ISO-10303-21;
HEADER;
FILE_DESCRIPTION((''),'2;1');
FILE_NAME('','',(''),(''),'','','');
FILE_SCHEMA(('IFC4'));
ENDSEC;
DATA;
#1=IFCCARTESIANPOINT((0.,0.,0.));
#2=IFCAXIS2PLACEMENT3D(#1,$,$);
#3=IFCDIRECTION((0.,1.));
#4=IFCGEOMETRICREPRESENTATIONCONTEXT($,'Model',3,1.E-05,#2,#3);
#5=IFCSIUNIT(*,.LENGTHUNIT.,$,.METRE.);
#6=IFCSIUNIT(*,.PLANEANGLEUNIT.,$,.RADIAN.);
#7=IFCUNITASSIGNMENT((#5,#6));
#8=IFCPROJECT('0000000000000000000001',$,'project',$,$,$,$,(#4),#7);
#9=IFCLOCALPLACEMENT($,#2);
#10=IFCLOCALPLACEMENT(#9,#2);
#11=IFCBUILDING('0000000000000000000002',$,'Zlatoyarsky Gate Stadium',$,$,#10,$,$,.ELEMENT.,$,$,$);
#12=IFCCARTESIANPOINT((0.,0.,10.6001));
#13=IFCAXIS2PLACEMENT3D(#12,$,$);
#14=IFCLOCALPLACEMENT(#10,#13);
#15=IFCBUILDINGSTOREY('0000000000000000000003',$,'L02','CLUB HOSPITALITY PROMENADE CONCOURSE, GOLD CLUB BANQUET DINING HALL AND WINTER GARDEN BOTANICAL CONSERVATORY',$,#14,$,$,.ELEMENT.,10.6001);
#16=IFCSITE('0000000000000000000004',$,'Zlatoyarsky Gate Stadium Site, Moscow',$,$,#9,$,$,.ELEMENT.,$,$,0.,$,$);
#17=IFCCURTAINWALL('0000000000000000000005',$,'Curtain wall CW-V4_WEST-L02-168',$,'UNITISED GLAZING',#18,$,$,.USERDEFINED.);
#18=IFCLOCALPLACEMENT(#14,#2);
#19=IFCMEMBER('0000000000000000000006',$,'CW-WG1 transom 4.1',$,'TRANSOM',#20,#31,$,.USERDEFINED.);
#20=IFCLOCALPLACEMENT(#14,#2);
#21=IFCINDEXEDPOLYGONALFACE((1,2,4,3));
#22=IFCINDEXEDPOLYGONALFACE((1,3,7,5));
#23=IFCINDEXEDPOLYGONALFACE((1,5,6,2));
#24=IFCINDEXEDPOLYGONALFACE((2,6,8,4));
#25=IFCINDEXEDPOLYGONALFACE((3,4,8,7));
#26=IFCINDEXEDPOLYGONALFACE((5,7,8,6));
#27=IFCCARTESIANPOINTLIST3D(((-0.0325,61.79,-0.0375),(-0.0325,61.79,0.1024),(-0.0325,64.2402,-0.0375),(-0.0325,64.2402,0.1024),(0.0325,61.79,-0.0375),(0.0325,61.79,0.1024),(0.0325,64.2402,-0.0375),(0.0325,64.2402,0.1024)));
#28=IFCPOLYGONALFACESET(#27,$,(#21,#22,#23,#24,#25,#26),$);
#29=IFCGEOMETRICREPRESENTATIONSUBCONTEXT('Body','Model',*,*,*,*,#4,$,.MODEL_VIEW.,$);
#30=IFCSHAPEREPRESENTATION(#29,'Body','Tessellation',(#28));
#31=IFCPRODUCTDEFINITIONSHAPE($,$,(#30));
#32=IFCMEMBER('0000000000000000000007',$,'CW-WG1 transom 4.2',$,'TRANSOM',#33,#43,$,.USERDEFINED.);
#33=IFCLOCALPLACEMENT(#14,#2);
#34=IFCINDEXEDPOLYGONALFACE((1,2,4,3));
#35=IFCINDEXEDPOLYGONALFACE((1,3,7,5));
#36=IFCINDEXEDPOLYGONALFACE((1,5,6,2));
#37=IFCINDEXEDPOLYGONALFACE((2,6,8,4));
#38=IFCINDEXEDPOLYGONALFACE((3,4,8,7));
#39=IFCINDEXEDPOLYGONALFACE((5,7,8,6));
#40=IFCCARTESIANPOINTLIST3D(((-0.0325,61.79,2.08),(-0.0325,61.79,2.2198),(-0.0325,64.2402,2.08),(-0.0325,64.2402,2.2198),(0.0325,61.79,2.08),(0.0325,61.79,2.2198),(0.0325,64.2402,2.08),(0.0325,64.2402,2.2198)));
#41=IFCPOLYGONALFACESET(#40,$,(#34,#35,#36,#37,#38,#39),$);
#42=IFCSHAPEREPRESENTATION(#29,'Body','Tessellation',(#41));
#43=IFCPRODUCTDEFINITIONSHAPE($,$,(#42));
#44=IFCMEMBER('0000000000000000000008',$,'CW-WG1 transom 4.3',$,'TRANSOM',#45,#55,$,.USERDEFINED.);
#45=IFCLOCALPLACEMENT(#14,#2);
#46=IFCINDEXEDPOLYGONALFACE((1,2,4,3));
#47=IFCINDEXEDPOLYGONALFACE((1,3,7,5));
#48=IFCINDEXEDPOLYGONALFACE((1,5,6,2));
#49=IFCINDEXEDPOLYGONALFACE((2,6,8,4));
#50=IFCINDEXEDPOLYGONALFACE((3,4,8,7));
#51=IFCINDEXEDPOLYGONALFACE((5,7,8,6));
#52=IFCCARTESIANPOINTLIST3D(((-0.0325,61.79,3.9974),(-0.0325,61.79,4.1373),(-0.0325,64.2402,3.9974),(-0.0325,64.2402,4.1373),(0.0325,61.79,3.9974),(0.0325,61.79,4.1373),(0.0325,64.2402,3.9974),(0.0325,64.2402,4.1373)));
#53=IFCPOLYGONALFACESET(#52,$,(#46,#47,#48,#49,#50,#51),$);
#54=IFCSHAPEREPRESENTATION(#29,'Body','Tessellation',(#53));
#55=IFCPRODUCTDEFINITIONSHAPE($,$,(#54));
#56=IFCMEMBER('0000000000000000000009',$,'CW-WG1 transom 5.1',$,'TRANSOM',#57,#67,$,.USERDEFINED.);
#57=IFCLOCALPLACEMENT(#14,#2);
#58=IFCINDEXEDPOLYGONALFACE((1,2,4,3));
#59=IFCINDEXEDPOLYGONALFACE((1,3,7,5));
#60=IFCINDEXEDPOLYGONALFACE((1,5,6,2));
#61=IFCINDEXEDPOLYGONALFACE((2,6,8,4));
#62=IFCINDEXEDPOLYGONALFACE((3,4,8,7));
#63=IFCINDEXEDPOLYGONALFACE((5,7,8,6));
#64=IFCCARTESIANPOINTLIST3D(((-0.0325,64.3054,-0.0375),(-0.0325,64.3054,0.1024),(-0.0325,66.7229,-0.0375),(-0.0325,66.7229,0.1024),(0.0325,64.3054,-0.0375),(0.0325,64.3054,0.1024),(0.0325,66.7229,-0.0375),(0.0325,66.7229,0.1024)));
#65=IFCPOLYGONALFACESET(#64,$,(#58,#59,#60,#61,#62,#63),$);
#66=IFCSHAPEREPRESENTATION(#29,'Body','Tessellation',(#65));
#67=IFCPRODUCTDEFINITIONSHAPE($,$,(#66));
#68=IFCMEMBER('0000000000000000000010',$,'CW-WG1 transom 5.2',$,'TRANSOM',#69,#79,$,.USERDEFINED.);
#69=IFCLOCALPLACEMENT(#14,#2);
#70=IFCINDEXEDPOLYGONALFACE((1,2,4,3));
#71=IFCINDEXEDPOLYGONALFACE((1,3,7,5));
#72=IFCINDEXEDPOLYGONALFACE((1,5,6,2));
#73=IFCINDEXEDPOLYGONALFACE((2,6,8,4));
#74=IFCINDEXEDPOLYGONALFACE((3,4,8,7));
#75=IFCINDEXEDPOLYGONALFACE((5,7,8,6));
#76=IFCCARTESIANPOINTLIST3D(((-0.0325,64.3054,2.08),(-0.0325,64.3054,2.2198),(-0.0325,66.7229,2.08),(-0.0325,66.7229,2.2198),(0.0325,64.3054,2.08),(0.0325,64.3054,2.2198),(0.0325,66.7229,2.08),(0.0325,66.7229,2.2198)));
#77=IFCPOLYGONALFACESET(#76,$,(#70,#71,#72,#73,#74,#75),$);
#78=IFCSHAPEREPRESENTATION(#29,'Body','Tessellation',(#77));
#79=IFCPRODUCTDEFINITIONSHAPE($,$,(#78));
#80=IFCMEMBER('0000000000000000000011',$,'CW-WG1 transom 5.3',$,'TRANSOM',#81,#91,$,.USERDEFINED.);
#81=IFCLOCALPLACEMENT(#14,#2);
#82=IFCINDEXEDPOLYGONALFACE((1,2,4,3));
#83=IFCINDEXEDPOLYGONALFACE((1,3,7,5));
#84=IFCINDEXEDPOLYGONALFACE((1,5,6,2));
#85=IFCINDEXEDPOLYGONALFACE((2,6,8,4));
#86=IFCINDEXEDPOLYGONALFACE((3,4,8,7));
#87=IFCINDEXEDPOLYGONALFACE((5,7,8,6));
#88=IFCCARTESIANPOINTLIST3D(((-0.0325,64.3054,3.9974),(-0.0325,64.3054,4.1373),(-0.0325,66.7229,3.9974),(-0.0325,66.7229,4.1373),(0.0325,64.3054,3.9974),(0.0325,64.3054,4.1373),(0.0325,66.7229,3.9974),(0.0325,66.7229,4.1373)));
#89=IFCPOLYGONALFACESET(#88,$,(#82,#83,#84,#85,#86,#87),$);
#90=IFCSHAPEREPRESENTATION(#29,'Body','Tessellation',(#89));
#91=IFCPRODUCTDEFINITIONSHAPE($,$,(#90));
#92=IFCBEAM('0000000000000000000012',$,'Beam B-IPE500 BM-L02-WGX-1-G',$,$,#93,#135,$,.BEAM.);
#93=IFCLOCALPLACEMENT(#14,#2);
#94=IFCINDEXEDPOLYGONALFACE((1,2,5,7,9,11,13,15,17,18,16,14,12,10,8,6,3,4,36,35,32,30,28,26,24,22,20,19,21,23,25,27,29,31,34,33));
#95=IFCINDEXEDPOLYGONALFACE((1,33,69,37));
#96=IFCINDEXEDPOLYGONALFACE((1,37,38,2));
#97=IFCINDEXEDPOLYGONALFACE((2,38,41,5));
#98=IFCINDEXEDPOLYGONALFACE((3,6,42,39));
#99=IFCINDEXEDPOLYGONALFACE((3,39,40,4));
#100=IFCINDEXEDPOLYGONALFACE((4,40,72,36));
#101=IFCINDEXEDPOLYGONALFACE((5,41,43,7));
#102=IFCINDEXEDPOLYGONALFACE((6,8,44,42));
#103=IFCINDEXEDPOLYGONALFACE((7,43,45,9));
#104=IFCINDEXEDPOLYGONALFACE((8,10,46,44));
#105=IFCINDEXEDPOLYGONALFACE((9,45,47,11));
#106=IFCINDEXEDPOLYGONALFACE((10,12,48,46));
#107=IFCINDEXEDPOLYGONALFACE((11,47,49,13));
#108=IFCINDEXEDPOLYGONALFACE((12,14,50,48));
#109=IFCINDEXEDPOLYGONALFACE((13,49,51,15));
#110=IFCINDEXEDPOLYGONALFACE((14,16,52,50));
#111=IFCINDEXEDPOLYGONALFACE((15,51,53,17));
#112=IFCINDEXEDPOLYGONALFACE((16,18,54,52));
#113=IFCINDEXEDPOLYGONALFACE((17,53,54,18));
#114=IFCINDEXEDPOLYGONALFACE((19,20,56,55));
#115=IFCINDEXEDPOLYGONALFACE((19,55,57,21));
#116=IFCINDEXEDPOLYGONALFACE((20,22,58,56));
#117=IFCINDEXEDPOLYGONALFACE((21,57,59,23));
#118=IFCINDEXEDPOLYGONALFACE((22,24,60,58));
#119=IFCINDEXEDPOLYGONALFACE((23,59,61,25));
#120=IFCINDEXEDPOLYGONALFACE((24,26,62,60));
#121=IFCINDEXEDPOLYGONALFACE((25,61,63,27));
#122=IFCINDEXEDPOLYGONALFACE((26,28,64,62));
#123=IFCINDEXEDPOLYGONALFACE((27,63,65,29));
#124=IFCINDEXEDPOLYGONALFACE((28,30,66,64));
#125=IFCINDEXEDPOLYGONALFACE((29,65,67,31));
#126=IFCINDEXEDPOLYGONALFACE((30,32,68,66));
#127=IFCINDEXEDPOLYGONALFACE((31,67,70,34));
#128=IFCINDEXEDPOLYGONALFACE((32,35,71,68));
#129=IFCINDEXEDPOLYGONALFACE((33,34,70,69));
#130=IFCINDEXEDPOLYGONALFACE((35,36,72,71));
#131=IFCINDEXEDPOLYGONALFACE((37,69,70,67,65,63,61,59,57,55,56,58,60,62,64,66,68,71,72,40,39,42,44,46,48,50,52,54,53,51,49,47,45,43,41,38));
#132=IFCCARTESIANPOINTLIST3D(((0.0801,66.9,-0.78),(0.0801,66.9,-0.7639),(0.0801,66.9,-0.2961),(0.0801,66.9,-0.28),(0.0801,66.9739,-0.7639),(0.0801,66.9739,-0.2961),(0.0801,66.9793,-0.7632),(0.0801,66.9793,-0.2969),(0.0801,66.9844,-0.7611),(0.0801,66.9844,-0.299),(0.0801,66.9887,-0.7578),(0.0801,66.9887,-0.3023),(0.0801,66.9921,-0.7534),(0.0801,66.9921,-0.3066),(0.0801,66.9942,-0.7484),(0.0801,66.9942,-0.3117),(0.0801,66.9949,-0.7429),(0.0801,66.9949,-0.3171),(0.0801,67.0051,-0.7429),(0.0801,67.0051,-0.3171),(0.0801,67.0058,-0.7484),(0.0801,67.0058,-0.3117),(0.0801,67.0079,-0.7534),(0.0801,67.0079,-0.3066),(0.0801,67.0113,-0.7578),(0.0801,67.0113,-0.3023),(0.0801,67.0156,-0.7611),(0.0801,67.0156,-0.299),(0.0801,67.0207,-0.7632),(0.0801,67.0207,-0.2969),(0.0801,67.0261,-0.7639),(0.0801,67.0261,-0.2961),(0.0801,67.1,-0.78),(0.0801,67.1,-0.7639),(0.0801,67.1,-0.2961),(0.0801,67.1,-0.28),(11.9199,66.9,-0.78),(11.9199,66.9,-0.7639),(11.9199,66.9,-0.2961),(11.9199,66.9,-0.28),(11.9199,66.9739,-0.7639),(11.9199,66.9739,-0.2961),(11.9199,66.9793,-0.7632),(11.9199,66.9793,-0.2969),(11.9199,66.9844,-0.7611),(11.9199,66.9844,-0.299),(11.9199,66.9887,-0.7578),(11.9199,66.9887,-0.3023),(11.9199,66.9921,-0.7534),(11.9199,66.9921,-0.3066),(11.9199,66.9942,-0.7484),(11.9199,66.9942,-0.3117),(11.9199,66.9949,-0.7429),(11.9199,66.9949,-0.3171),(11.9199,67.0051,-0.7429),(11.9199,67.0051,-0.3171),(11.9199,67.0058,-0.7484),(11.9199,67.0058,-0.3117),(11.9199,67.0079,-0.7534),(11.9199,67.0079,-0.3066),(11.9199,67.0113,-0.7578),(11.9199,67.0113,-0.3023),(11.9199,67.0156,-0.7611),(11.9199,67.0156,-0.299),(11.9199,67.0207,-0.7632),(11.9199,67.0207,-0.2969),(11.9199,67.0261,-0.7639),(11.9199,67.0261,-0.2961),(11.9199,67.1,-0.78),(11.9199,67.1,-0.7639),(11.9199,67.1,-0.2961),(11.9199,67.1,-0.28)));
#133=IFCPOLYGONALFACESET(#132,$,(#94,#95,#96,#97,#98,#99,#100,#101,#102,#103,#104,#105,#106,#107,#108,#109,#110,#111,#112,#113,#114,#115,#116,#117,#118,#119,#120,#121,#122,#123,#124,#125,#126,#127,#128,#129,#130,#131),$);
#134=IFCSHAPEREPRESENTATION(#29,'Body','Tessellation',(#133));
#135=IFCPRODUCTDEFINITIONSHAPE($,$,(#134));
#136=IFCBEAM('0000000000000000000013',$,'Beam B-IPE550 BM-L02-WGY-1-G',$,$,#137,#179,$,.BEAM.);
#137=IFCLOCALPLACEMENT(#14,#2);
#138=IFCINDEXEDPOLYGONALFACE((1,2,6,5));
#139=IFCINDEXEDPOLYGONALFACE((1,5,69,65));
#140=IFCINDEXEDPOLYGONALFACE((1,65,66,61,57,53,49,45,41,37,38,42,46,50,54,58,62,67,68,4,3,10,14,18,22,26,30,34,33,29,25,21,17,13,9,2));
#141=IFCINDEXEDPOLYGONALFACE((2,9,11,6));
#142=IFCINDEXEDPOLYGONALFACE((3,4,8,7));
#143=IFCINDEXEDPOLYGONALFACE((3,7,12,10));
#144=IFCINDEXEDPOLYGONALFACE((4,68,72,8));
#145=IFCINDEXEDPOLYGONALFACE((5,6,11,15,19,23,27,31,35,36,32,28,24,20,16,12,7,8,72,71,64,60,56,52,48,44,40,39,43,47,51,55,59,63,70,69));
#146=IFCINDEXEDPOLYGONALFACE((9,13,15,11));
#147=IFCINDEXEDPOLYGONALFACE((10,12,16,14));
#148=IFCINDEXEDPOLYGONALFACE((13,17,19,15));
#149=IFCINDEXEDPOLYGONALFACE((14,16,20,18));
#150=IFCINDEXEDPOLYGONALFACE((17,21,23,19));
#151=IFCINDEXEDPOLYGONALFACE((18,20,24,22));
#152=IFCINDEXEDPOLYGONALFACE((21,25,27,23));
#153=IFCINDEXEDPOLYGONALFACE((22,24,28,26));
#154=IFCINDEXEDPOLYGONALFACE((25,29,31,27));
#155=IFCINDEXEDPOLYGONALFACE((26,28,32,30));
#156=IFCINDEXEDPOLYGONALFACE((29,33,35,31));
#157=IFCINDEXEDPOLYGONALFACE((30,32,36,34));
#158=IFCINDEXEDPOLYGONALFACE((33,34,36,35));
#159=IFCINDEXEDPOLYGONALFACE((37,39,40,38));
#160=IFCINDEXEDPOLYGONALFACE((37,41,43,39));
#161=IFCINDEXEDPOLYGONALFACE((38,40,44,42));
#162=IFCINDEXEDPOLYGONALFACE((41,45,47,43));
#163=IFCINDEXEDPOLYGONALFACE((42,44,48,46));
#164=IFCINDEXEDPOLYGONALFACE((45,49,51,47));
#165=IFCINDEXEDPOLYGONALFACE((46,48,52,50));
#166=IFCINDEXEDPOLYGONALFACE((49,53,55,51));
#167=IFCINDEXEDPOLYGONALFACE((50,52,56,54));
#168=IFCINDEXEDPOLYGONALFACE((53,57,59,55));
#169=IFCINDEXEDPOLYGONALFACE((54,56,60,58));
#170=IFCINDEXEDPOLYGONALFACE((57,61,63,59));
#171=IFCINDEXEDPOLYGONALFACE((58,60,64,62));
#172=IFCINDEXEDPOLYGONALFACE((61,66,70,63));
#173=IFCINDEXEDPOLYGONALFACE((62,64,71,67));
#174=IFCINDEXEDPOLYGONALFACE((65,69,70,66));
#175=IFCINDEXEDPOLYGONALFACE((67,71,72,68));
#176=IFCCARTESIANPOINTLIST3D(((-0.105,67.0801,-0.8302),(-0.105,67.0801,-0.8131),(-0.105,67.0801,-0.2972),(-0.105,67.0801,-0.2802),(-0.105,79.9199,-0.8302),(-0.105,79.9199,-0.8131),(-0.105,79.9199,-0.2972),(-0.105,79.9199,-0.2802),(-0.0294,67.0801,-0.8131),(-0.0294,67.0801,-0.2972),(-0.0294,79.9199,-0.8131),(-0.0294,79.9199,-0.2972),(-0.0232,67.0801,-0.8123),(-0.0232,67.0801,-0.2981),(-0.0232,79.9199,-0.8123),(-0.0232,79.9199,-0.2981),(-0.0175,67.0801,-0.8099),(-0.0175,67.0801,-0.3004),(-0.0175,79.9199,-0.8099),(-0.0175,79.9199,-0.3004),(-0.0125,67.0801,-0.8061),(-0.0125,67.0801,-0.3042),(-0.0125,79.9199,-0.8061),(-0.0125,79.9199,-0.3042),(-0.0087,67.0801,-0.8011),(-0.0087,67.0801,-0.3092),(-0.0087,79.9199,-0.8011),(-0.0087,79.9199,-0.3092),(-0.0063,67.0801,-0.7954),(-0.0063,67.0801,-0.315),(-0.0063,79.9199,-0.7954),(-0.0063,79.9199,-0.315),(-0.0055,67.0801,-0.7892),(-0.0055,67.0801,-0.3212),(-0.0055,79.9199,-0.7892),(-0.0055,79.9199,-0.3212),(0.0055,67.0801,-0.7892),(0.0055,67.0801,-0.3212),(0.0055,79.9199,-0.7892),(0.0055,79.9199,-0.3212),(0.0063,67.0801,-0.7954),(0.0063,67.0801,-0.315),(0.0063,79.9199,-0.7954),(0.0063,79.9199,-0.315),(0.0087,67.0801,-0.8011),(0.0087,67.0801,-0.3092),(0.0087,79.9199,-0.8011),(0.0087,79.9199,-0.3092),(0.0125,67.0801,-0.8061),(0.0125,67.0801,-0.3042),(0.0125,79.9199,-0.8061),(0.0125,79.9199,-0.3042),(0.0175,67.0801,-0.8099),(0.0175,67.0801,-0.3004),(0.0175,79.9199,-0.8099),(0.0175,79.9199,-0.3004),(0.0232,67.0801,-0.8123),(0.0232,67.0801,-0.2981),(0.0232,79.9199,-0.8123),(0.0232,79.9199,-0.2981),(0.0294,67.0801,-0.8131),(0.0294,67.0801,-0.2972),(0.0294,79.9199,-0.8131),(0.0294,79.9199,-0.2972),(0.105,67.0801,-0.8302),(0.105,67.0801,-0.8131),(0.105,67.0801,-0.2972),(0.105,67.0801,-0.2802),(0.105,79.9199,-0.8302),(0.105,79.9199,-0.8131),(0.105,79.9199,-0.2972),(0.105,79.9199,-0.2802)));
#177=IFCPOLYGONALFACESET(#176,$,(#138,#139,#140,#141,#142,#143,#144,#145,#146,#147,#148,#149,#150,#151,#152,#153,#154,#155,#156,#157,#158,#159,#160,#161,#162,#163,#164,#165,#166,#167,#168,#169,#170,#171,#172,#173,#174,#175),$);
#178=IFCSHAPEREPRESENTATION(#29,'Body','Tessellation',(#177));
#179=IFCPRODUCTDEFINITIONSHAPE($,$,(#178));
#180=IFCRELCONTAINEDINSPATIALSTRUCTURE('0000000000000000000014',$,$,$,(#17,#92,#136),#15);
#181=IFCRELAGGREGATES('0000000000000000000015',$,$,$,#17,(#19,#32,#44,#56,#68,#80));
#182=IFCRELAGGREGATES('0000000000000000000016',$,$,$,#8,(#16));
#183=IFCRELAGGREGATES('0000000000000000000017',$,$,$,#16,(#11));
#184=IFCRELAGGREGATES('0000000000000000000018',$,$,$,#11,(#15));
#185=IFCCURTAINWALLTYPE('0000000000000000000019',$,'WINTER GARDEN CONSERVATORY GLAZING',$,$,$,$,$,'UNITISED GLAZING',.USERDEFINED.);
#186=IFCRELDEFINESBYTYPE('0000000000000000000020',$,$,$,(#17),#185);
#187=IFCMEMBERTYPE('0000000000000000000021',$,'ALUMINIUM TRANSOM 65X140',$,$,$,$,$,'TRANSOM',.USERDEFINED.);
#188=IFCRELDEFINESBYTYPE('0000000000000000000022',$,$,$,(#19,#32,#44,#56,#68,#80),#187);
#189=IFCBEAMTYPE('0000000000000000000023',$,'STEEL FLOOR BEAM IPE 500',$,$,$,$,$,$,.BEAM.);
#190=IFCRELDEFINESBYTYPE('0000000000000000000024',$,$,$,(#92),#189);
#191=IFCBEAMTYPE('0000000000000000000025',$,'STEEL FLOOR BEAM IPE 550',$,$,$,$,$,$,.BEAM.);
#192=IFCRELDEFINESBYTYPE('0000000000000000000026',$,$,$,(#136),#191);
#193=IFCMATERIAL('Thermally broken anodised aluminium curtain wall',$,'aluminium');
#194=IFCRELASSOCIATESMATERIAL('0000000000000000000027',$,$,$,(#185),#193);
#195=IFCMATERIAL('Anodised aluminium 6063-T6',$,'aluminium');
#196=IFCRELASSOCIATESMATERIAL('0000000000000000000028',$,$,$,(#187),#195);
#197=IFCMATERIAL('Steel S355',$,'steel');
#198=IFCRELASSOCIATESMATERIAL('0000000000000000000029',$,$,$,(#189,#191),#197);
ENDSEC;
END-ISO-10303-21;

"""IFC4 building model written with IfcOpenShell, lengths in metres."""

from ifc_helpers import new_model, si_unit, direction, frame, origin, origin_2d, place, context, subcontext, project, spatial, rectangle, i_section, extrude, material, material_profile, profile_set, type_object, element, aggregate, save


model = new_model("IFC4")

# Units and contexts
model_context = context("Model", 3, precision=1e-05, world=origin(), true_north=direction((0.0, 1.0)))
body_context = subcontext(model_context, "Body", "Model", "MODEL_VIEW")
ifc_project = project(units=[si_unit("LENGTHUNIT", "METRE"), si_unit("PLANEANGLEUNIT", "RADIAN")], contexts=[model_context])

# Site, building, storey
site_placement = place(None, origin())
site = spatial("IfcSite", under=ifc_project, at=site_placement, Name="Zlatoyarsky Gate Stadium Site, Moscow", CompositionType="ELEMENT", RefElevation=0.0)
building_placement = place(site_placement, origin())
building = spatial("IfcBuilding", under=site, at=building_placement, Name="Zlatoyarsky Gate Stadium", CompositionType="ELEMENT")
storey_placement = place(building_placement, frame((0.0, 0.0, 10.6001)))
storey = spatial("IfcBuildingStorey", under=building, at=storey_placement, Name="L02", Description="CLUB HOSPITALITY PROMENADE CONCOURSE, GOLD CLUB BANQUET DINING HALL AND WINTER GARDEN BOTANICAL CONSERVATORY", CompositionType="ELEMENT", Elevation=10.6001)

# Shared definitions
ifc_material_1 = material(Name="Steel S355", Category="steel")

# Curtain wall, members
ifc_material_2 = material(Name="Thermally broken anodised aluminium curtain wall", Category="aluminium")
ifc_material_3 = material(Name="Anodised aluminium 6063-T6", Category="aluminium")
curtain_wall_type_1 = type_object("IfcCurtainWallType", Name="WINTER GARDEN CONSERVATORY GLAZING", ElementType="UNITISED GLAZING", PredefinedType="USERDEFINED", material=ifc_material_2)
curtain_wall_1_placement = place(storey_placement, origin())
curtain_wall_1 = element("IfcCurtainWall", 1, at=curtain_wall_1_placement, inside=storey, type_object=curtain_wall_type_1, Name="Curtain wall CW-V4_WEST-L02-168", ObjectType="UNITISED GLAZING", PredefinedType="USERDEFINED")
ifc_material_profile_1 = material_profile(ifc_material_3, rectangle(XDim=0.0649, YDim=0.1399, at=origin_2d()), Name="ALU 65X140")
ifc_profile_set_1 = profile_set([ifc_material_profile_1], Name="Anodised aluminium 6063-T6")
member_type_1 = type_object("IfcMemberType", Name="ALUMINIUM TRANSOM 65X140", ElementType="TRANSOM", PredefinedType="USERDEFINED", material=ifc_profile_set_1)
member_1_placement = place(storey_placement, frame((0.0, 61.79, 0.0325), z_axis=(0.0, 1.0, 0.0), x_axis=(-1.0, 0.0, 0.0)))
member_1 = element("IfcMember", 2, at=member_1_placement, type_object=member_type_1, Name="CW-WG1 transom 4.1", ObjectType="TRANSOM", PredefinedType="USERDEFINED", context=body_context, shape_type="SweptSolid", body=[
    extrude(rectangle(XDim=0.0649, YDim=0.1399, at=origin_2d()), origin(), (0.0, 0.0, 1.0), 2.4502),
])
member_2_placement = place(storey_placement, frame((0.0, 61.79, 2.1499), z_axis=(0.0, 1.0, 0.0), x_axis=(-1.0, 0.0, 0.0)))
member_2 = element("IfcMember", 3, at=member_2_placement, type_object=member_type_1, Name="CW-WG1 transom 4.2", ObjectType="TRANSOM", PredefinedType="USERDEFINED", context=body_context, shape_type="SweptSolid", body=[
    extrude(rectangle(XDim=0.0649, YDim=0.1399, at=origin_2d()), origin(), (0.0, 0.0, 1.0), 2.4502),
])
member_3_placement = place(storey_placement, frame((0.0, 61.79, 4.0674), z_axis=(0.0, 1.0, 0.0), x_axis=(-1.0, 0.0, 0.0)))
member_3 = element("IfcMember", 4, at=member_3_placement, type_object=member_type_1, Name="CW-WG1 transom 4.3", ObjectType="TRANSOM", PredefinedType="USERDEFINED", context=body_context, shape_type="SweptSolid", body=[
    extrude(rectangle(XDim=0.0649, YDim=0.1399, at=origin_2d()), origin(), (0.0, 0.0, 1.0), 2.4502),
])
member_4_placement = place(storey_placement, frame((0.0, 64.3054, 0.0325), z_axis=(0.0, 1.0, 0.0), x_axis=(-1.0, 0.0, 0.0)))
member_4 = element("IfcMember", 5, at=member_4_placement, type_object=member_type_1, Name="CW-WG1 transom 5.1", ObjectType="TRANSOM", PredefinedType="USERDEFINED", context=body_context, shape_type="SweptSolid", body=[
    extrude(rectangle(XDim=0.0649, YDim=0.1399, at=origin_2d()), origin(), (0.0, 0.0, 1.0), 2.4175),
])
member_5_placement = place(storey_placement, frame((0.0, 64.3054, 2.1499), z_axis=(0.0, 1.0, 0.0), x_axis=(-1.0, 0.0, 0.0)))
member_5 = element("IfcMember", 6, at=member_5_placement, type_object=member_type_1, Name="CW-WG1 transom 5.2", ObjectType="TRANSOM", PredefinedType="USERDEFINED", context=body_context, shape_type="SweptSolid", body=[
    extrude(rectangle(XDim=0.0649, YDim=0.1399, at=origin_2d()), origin(), (0.0, 0.0, 1.0), 2.4175),
])
member_6_placement = place(storey_placement, frame((0.0, 64.3054, 4.0674), z_axis=(0.0, 1.0, 0.0), x_axis=(-1.0, 0.0, 0.0)))
member_6 = element("IfcMember", 7, at=member_6_placement, type_object=member_type_1, Name="CW-WG1 transom 5.3", ObjectType="TRANSOM", PredefinedType="USERDEFINED", context=body_context, shape_type="SweptSolid", body=[
    extrude(rectangle(XDim=0.0649, YDim=0.1399, at=origin_2d()), origin(), (0.0, 0.0, 1.0), 2.4175),
])

# Beams
ifc_material_profile_2 = material_profile(ifc_material_1, i_section(OverallWidth=0.2, OverallDepth=0.5, WebThickness=0.0103, FlangeThickness=0.0161, FilletRadius=0.021, at=origin_2d()), Name="IPE 500")
ifc_profile_set_2 = profile_set([ifc_material_profile_2], Name="Steel S355")
beam_type_1 = type_object("IfcBeamType", Name="STEEL FLOOR BEAM IPE 500", PredefinedType="BEAM", material=ifc_profile_set_2)
beam_1_placement = place(storey_placement, frame((0.0801, 67.0, -0.53), z_axis=(1.0, 0.0, 0.0), x_axis=(0.0, 1.0, 0.0)))
element("IfcBeam", 8, at=beam_1_placement, inside=storey, type_object=beam_type_1, Name="Beam B-IPE500 BM-L02-WGX-1-G", PredefinedType="BEAM", context=body_context, shape_type="SweptSolid", body=[
    extrude(i_section(OverallWidth=0.2, OverallDepth=0.5, WebThickness=0.0103, FlangeThickness=0.0161, FilletRadius=0.021, at=origin_2d()), origin(), (0.0, 0.0, 1.0), 11.8398),
])
ifc_material_profile_3 = material_profile(ifc_material_1, i_section(OverallWidth=0.21, OverallDepth=0.55, WebThickness=0.011, FlangeThickness=0.0171, FilletRadius=0.0239, at=origin_2d()), Name="IPE 550")
ifc_profile_set_3 = profile_set([ifc_material_profile_3], Name="Steel S355")
beam_type_2 = type_object("IfcBeamType", Name="STEEL FLOOR BEAM IPE 550", PredefinedType="BEAM", material=ifc_profile_set_3)
for number, where, z_axis, x_axis, name in (
    (9, (0.0, 67.0801, -0.5552), (0.0, 1.0, 0.0), (-1.0, 0.0, 0.0), "Beam B-IPE550 BM-L02-WGY-1-G"),
):
    element("IfcBeam", number, at=place(storey_placement, frame(where, z_axis=z_axis, x_axis=x_axis)), inside=storey, type_object=beam_type_2, Name=name, PredefinedType="BEAM", context=body_context, shape_type="SweptSolid", body=[
        extrude(i_section(OverallWidth=0.21, OverallDepth=0.55, WebThickness=0.011, FlangeThickness=0.0171, FilletRadius=0.0239, at=origin_2d()), origin(), (0.0, 0.0, 1.0), 12.8398),
    ])

aggregate(curtain_wall_1, [member_1, member_2, member_3, member_4, member_5, member_6])

save(model, "model.ifc")
